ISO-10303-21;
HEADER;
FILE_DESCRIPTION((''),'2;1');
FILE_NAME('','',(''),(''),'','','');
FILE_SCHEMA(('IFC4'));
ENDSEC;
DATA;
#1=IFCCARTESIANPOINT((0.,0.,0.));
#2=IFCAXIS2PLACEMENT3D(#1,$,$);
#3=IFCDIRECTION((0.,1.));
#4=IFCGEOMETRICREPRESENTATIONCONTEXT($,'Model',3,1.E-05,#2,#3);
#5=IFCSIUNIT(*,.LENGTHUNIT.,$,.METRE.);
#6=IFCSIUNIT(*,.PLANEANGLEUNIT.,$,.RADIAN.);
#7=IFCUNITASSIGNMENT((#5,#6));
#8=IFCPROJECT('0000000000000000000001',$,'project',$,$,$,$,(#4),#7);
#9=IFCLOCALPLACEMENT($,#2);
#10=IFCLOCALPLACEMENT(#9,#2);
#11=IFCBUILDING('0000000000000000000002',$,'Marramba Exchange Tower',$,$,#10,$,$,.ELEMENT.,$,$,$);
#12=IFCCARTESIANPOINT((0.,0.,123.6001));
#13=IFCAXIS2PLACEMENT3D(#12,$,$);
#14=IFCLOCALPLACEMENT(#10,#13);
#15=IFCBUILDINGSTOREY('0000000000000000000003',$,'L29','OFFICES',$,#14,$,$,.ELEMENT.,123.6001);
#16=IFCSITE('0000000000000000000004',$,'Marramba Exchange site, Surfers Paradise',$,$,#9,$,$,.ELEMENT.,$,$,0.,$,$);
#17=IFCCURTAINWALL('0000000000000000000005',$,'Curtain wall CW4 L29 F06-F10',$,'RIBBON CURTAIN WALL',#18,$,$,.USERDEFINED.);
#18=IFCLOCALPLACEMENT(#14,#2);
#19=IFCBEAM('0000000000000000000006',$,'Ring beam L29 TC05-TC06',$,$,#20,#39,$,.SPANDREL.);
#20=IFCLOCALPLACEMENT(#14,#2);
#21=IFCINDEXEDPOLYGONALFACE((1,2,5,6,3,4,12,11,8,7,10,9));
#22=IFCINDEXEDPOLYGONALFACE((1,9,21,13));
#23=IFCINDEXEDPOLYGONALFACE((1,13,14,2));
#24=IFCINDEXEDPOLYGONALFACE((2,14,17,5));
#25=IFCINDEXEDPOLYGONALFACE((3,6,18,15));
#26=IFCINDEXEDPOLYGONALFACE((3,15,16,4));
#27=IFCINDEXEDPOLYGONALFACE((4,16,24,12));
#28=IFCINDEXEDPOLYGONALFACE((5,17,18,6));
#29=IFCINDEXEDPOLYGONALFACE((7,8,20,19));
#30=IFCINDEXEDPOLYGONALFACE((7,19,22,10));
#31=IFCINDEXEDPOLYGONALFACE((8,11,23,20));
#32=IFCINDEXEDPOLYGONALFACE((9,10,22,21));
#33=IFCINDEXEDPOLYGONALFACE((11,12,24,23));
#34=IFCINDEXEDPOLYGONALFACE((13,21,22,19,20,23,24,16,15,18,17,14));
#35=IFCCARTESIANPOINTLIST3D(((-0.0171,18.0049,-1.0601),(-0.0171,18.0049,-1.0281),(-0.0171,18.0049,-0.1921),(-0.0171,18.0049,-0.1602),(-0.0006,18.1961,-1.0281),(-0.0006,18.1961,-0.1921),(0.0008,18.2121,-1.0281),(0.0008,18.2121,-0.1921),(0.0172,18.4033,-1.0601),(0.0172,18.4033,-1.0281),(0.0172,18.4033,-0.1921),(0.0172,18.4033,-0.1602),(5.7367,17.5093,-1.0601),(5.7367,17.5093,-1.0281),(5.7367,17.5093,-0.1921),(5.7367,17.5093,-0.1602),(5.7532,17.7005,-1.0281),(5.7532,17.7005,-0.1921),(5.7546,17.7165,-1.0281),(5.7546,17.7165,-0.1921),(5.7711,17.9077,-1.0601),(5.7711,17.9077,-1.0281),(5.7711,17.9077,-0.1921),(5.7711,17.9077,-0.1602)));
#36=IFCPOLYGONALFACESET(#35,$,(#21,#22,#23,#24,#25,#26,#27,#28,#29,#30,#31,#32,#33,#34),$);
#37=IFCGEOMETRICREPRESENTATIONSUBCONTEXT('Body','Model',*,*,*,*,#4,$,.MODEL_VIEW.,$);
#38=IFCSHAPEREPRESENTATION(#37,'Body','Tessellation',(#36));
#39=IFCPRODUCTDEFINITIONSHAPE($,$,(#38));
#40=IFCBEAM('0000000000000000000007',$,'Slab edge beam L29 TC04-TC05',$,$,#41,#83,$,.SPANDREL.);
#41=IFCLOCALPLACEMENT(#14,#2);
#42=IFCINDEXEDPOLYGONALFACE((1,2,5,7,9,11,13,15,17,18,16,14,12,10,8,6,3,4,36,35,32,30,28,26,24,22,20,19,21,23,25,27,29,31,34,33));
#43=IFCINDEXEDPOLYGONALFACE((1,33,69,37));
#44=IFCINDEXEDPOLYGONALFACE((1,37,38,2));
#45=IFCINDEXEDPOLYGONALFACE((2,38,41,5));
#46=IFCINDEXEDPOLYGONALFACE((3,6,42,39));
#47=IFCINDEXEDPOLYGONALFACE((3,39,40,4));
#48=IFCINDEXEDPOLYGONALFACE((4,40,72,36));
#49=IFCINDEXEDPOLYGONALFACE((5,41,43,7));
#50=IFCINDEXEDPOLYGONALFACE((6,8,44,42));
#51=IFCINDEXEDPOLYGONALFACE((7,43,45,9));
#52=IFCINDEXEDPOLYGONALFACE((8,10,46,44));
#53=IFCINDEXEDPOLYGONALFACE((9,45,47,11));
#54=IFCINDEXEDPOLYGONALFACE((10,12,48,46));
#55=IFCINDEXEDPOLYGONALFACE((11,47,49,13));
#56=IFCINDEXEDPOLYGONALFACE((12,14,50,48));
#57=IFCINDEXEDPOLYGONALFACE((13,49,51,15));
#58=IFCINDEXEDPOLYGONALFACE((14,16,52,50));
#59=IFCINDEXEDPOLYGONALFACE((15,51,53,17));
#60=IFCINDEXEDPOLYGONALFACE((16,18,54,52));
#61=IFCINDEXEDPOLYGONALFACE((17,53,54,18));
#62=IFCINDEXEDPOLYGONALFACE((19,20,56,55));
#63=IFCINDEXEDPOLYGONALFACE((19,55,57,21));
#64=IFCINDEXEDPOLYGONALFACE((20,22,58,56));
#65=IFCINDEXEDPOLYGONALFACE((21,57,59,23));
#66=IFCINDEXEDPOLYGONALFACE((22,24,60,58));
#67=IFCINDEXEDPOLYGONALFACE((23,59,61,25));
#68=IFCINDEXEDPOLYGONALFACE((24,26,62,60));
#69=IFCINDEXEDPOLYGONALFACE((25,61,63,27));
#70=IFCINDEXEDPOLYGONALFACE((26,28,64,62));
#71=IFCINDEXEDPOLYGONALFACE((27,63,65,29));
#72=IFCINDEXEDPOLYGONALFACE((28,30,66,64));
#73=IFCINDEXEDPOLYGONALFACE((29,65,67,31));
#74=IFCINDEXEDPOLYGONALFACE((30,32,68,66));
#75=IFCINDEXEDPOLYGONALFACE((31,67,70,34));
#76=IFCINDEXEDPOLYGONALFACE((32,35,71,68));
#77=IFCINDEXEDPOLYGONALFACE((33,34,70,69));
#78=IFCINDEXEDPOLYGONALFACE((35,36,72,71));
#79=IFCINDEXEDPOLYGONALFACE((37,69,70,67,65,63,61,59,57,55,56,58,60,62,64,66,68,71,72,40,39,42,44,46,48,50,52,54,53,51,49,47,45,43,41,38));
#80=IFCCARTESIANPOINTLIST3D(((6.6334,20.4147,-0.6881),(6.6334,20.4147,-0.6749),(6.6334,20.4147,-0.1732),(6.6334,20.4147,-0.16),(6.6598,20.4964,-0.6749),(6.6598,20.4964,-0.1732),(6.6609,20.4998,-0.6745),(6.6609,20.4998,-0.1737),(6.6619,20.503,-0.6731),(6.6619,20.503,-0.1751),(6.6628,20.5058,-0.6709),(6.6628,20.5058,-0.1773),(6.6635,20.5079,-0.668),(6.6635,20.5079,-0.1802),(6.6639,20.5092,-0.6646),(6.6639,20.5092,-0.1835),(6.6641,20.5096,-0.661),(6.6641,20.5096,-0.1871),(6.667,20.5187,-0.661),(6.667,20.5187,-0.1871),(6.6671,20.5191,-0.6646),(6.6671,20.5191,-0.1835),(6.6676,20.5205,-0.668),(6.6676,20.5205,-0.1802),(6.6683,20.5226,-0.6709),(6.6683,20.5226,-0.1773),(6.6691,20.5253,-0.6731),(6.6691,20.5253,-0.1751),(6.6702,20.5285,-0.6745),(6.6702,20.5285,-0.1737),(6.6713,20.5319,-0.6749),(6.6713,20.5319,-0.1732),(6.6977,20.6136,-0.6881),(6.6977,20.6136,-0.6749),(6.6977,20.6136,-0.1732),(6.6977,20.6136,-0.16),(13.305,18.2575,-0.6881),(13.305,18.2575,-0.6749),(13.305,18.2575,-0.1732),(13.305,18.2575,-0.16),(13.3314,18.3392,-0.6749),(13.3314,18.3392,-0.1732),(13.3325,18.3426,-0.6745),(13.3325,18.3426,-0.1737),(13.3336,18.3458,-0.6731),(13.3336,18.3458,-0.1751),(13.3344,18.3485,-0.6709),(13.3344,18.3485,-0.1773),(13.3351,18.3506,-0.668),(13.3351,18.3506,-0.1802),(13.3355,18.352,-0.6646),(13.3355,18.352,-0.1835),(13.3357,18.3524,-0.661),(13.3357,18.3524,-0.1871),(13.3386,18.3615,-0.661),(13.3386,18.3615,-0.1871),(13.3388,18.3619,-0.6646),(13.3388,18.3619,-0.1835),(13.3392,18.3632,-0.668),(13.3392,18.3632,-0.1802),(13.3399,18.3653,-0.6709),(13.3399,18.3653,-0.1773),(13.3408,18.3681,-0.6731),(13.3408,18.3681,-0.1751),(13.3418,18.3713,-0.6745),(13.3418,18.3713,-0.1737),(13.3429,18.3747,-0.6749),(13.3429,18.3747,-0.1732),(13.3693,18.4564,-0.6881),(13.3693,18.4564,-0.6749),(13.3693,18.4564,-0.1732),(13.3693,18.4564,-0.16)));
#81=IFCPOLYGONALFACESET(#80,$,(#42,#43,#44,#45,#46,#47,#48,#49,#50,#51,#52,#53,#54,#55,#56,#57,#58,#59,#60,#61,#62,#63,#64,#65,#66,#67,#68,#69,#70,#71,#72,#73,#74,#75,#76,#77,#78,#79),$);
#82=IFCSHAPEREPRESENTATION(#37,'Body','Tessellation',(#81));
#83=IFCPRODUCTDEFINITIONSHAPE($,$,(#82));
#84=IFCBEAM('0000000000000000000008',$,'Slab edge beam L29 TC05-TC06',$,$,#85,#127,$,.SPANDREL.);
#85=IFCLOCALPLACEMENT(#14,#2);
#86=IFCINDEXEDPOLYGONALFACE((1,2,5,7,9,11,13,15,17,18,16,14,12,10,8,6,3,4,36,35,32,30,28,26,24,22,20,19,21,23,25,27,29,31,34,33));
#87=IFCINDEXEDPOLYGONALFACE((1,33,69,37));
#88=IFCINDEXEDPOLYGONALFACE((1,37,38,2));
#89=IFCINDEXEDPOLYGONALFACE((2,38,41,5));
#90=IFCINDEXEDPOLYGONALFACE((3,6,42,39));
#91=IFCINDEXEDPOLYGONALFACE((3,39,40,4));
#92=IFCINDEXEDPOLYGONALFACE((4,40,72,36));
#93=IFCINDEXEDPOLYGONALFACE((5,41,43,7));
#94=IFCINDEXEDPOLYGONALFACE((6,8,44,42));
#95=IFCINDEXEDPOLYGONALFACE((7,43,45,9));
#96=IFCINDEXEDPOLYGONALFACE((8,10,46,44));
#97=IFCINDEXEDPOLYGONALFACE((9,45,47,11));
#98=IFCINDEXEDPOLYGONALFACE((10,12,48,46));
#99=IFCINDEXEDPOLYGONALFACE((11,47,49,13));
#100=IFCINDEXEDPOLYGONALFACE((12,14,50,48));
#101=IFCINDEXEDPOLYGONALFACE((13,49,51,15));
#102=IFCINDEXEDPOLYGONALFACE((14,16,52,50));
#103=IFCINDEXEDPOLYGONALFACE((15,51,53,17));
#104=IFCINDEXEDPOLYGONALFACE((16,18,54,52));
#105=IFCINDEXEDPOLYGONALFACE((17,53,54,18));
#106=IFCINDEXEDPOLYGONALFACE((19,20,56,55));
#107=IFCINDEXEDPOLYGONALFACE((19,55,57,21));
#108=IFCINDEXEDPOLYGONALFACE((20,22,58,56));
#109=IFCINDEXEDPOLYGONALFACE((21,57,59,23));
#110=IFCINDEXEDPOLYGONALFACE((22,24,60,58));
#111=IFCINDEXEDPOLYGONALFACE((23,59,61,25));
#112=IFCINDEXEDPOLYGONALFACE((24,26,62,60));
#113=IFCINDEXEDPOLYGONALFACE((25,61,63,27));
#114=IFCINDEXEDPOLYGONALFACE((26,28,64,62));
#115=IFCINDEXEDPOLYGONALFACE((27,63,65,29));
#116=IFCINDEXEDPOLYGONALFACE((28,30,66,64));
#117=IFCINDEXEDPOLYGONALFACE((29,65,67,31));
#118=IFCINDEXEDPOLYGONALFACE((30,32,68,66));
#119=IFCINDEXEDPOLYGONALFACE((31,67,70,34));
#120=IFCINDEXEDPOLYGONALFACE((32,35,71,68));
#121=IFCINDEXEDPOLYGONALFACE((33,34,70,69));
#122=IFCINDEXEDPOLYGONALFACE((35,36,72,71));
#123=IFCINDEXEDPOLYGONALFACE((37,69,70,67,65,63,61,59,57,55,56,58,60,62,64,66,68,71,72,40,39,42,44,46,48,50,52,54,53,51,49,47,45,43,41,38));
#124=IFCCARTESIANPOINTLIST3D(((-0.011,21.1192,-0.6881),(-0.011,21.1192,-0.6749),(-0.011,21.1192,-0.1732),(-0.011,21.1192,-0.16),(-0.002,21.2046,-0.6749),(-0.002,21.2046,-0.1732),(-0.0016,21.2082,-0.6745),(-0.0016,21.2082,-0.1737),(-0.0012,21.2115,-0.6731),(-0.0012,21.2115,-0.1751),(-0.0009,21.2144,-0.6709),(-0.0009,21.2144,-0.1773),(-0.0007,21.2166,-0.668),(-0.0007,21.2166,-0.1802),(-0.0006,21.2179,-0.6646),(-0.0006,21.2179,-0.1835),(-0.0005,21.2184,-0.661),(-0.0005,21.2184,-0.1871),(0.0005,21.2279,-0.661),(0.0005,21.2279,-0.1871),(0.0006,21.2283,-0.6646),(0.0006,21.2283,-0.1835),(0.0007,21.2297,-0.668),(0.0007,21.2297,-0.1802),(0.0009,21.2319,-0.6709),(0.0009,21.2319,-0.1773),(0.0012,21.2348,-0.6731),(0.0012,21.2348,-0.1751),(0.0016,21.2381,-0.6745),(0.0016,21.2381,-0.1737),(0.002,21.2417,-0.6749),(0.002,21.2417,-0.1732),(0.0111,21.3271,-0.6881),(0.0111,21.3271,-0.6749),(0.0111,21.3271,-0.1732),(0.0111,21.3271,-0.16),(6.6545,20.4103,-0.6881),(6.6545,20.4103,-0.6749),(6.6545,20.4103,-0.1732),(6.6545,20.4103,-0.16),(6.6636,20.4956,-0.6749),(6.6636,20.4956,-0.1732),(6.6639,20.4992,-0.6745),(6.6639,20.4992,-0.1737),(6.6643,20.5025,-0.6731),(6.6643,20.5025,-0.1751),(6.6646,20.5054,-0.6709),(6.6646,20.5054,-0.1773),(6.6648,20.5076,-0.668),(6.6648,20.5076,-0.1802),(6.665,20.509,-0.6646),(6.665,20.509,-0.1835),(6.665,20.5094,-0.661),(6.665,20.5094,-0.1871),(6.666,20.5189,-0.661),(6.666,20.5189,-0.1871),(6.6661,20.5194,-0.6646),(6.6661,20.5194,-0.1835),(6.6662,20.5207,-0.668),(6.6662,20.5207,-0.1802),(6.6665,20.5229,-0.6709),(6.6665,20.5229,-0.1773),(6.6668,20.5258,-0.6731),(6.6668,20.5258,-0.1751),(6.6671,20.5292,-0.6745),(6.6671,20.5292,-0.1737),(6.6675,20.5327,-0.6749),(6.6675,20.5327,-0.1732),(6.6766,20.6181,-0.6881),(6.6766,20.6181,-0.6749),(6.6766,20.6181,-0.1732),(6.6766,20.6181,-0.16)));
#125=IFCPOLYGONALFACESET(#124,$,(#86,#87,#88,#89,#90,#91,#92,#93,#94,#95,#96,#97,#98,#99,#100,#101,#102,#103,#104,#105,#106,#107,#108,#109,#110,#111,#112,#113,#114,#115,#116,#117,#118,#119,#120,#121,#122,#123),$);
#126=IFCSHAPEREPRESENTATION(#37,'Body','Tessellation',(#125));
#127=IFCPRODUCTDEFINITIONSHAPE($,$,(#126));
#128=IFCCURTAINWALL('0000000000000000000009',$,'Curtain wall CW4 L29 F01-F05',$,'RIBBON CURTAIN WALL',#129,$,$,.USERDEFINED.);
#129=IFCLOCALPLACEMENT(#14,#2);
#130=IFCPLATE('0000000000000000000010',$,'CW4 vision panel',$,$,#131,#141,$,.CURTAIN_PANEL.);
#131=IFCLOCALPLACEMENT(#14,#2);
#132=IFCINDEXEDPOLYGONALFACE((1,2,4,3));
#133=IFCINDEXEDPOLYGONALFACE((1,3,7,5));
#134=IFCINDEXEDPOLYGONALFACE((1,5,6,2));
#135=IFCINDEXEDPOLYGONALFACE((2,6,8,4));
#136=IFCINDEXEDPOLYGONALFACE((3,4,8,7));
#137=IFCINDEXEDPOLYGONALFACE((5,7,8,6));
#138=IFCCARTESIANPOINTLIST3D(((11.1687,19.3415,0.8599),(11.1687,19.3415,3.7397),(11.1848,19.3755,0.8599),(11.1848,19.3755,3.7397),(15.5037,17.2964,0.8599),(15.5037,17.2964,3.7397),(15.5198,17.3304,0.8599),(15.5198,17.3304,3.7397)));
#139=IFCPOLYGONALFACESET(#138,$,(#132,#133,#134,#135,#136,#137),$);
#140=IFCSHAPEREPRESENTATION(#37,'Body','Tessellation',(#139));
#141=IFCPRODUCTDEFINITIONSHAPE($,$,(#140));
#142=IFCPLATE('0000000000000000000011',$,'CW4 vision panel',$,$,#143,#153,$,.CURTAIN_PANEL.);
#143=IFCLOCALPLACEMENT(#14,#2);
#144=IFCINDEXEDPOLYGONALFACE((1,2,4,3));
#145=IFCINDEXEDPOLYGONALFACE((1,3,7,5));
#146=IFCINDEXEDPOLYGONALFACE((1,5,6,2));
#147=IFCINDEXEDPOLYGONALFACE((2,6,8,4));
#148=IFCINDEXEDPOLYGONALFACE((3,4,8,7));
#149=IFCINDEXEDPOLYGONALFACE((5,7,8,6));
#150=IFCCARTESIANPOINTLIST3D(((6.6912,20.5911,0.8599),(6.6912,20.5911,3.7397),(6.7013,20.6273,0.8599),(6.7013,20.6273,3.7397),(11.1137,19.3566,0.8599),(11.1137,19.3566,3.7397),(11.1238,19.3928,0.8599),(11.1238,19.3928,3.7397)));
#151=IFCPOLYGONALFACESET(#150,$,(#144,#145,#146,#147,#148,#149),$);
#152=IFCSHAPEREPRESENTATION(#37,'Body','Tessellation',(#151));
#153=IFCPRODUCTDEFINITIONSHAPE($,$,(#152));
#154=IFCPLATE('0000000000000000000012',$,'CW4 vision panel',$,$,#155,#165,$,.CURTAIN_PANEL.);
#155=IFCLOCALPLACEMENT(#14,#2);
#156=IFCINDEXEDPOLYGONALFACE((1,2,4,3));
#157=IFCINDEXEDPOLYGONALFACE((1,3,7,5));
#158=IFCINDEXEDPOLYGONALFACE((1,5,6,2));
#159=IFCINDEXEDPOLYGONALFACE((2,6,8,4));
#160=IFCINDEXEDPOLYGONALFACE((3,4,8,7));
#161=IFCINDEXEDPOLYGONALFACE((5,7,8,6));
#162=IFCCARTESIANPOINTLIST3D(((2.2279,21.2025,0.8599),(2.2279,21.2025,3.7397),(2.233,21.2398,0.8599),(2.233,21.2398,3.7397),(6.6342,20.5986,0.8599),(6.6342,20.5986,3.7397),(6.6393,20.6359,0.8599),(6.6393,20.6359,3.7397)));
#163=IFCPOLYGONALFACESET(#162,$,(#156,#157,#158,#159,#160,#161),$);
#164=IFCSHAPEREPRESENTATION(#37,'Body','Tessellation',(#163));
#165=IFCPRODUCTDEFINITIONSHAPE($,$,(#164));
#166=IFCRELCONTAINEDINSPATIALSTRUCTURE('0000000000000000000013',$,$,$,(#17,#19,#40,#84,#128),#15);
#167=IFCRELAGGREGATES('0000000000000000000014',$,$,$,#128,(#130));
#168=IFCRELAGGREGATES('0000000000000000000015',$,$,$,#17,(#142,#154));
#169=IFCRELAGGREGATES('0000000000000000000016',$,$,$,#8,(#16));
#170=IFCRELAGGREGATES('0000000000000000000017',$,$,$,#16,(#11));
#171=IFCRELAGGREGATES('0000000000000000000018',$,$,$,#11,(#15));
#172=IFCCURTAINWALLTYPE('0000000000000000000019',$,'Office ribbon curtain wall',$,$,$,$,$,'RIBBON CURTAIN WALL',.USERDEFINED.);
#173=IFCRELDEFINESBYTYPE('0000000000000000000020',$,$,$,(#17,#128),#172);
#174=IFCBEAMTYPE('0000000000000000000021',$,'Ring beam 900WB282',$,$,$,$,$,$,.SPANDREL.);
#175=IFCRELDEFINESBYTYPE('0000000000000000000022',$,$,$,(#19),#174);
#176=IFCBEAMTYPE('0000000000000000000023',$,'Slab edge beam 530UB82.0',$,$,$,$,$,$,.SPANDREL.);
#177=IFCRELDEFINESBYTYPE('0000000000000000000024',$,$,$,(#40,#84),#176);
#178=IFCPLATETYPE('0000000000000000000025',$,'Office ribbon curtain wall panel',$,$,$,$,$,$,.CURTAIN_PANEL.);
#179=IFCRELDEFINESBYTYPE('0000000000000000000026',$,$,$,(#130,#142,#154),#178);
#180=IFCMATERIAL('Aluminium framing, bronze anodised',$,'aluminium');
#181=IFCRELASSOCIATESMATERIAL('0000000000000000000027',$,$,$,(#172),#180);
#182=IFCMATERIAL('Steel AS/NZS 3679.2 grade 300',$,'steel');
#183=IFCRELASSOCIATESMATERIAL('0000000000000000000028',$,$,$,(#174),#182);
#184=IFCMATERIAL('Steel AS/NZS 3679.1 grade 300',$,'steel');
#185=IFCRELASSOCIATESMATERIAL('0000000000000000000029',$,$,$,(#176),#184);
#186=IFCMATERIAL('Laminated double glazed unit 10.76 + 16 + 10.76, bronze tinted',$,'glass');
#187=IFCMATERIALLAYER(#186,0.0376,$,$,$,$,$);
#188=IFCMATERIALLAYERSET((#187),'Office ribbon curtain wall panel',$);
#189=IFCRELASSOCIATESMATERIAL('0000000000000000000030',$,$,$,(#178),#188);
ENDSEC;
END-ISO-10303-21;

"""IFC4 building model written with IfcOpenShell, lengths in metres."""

from ifc_helpers import new_model, si_unit, direction, frame, origin, origin_2d, place, context, subcontext, project, spatial, rectangle, i_section, extrude, material, layer, layer_set, material_profile, profile_set, type_object, element, aggregate, save


model = new_model("IFC4")

# Units and contexts
model_context = context("Model", 3, precision=1e-05, world=origin(), true_north=direction((0.0, 1.0)))
body_context = subcontext(model_context, "Body", "Model", "MODEL_VIEW")
ifc_project = project(units=[si_unit("LENGTHUNIT", "METRE"), si_unit("PLANEANGLEUNIT", "RADIAN")], contexts=[model_context])

# Site, building, storey
site_placement = place(None, origin())
site = spatial("IfcSite", under=ifc_project, at=site_placement, Name="Marramba Exchange site, Surfers Paradise", CompositionType="ELEMENT", RefElevation=0.0)
building_placement = place(site_placement, origin())
building = spatial("IfcBuilding", under=site, at=building_placement, Name="Marramba Exchange Tower", CompositionType="ELEMENT")
storey_placement = place(building_placement, frame((0.0, 0.0, 123.6001)))
storey = spatial("IfcBuildingStorey", under=building, at=storey_placement, Name="L29", Description="OFFICES", CompositionType="ELEMENT", Elevation=123.6001)

# Shared definitions
ifc_material_1 = material(Name="Steel AS/NZS 3679.2 grade 300", Category="steel")

# Curtain wall
ifc_material_2 = material(Name="Aluminium framing, bronze anodised", Category="aluminium")
curtain_wall_type = type_object("IfcCurtainWallType", Name="Office ribbon curtain wall", ElementType="RIBBON CURTAIN WALL", PredefinedType="USERDEFINED", material=ifc_material_2)
curtain_wall_1_placement = place(storey_placement, origin())
curtain_wall_1 = element("IfcCurtainWall", 1, at=curtain_wall_1_placement, inside=storey, type_object=curtain_wall_type, Name="Curtain wall CW4 L29 F06-F10", ObjectType="RIBBON CURTAIN WALL", PredefinedType="USERDEFINED")

# Beams
ifc_material_profile_1 = material_profile(ifc_material_1, i_section(OverallWidth=0.3999, OverallDepth=0.8999, WebThickness=0.0161, FlangeThickness=0.032, at=origin_2d()), Name="900WB282")
ifc_profile_set_1 = profile_set([ifc_material_profile_1], Name="Steel AS/NZS 3679.2 grade 300")
beam_type_1 = type_object("IfcBeamType", Name="Ring beam 900WB282", PredefinedType="SPANDREL", material=ifc_profile_set_1)
beam_1_placement = place(storey_placement, frame((5.7539, 17.7085, -0.6101), z_axis=(-0.996311, 0.085816, 0.0), x_axis=(-0.085816, -0.996311, 0.0)))
element("IfcBeam", 2, at=beam_1_placement, inside=storey, type_object=beam_type_1, Name="Ring beam L29 TC05-TC06", PredefinedType="SPANDREL", context=body_context, shape_type="SweptSolid", body=[
    extrude(i_section(OverallWidth=0.3999, OverallDepth=0.8999, WebThickness=0.0161, FlangeThickness=0.032, at=origin_2d()), origin(), (0.0, 0.0, 1.0), 5.7751),
])
ifc_material_3 = material(Name="Steel AS/NZS 3679.1 grade 300", Category="steel")
ifc_material_profile_2 = material_profile(ifc_material_3, i_section(OverallWidth=0.209, OverallDepth=0.5281, WebThickness=0.0095, FlangeThickness=0.0132, FilletRadius=0.0139, at=origin_2d()), Name="530UB82.0")
ifc_profile_set_2 = profile_set([ifc_material_profile_2], Name="Steel AS/NZS 3679.1 grade 300")
beam_type_2 = type_object("IfcBeamType", Name="Slab edge beam 530UB82.0", PredefinedType="SPANDREL", material=ifc_profile_set_2)
beam_2_placement = place(storey_placement, frame((13.3372, 18.3569, -0.4241), z_axis=(-0.951496, 0.30766, 0.0), x_axis=(-0.30766, -0.951496, 0.0)))
element("IfcBeam", 3, at=beam_2_placement, inside=storey, type_object=beam_type_2, Name="Slab edge beam L29 TC04-TC05", PredefinedType="SPANDREL", context=body_context, shape_type="SweptSolid", body=[
    extrude(i_section(OverallWidth=0.209, OverallDepth=0.5281, WebThickness=0.0095, FlangeThickness=0.0132, FilletRadius=0.0139, at=origin_2d()), origin(), (0.0, 0.0, 1.0), 7.0117),
])
beam_3_placement = place(storey_placement, frame((6.6655, 20.5142, -0.4241), z_axis=(-0.994391, 0.105769, 0.0), x_axis=(-0.105769, -0.994391, 0.0)))
element("IfcBeam", 4, at=beam_3_placement, inside=storey, type_object=beam_type_2, Name="Slab edge beam L29 TC05-TC06", PredefinedType="SPANDREL", context=body_context, shape_type="SweptSolid", body=[
    extrude(i_section(OverallWidth=0.209, OverallDepth=0.5281, WebThickness=0.0095, FlangeThickness=0.0132, FilletRadius=0.0139, at=origin_2d()), origin(), (0.0, 0.0, 1.0), 6.7031),
])

# Curtain wall, plate
curtain_wall_2_placement = place(storey_placement, origin())
curtain_wall_2 = element("IfcCurtainWall", 5, at=curtain_wall_2_placement, inside=storey, type_object=curtain_wall_type, Name="Curtain wall CW4 L29 F01-F05", ObjectType="RIBBON CURTAIN WALL", PredefinedType="USERDEFINED")
ifc_material_4 = material(Name="Laminated double glazed unit 10.76 + 16 + 10.76, bronze tinted", Category="glass")
ifc_layer_1 = layer(ifc_material_4, 0.0376)
ifc_layer_set_1 = layer_set([ifc_layer_1], Name="Office ribbon curtain wall panel")
plate_type = type_object("IfcPlateType", Name="Office ribbon curtain wall panel", PredefinedType="CURTAIN_PANEL", material=ifc_layer_set_1)
plate_1_placement = place(storey_placement, frame((13.3442, 18.3359, 0.8599), z_axis=(0.0, 0.0, 1.0), x_axis=(-0.904403, 0.426679, 0.0)))
plate_1 = element("IfcPlate", 6, at=plate_1_placement, type_object=plate_type, Name="CW4 vision panel", PredefinedType="CURTAIN_PANEL", context=body_context, shape_type="SweptSolid", body=[
    extrude(rectangle(XDim=4.7932, YDim=0.0376, at=origin_2d()), origin(), (0.0, 0.0, 1.0), 2.8799),
])
aggregate(curtain_wall_2, [plate_1])

# Plates
plate_2_placement = place(storey_placement, frame((8.9075, 19.9919, 0.8599), z_axis=(0.0, 0.0, 1.0), x_axis=(-0.963178, 0.268865, 0.0)))
plate_2 = element("IfcPlate", 7, at=plate_2_placement, type_object=plate_type, Name="CW4 vision panel", PredefinedType="CURTAIN_PANEL", context=body_context, shape_type="SweptSolid", body=[
    extrude(rectangle(XDim=4.5916, YDim=0.0376, at=origin_2d()), origin(), (0.0, 0.0, 1.0), 2.8799),
])
plate_3_placement = place(storey_placement, frame((4.4336, 20.9192, 0.8599), z_axis=(0.0, 0.0, 1.0), x_axis=(-0.990738, 0.135786, 0.0)))
plate_3 = element("IfcPlate", 8, at=plate_3_placement, type_object=plate_type, Name="CW4 vision panel", PredefinedType="CURTAIN_PANEL", context=body_context, shape_type="SweptSolid", body=[
    extrude(rectangle(XDim=4.4475, YDim=0.0376, at=origin_2d()), origin(), (0.0, 0.0, 1.0), 2.8799),
])
aggregate(curtain_wall_1, [plate_2, plate_3])

save(model, "model.ifc")
